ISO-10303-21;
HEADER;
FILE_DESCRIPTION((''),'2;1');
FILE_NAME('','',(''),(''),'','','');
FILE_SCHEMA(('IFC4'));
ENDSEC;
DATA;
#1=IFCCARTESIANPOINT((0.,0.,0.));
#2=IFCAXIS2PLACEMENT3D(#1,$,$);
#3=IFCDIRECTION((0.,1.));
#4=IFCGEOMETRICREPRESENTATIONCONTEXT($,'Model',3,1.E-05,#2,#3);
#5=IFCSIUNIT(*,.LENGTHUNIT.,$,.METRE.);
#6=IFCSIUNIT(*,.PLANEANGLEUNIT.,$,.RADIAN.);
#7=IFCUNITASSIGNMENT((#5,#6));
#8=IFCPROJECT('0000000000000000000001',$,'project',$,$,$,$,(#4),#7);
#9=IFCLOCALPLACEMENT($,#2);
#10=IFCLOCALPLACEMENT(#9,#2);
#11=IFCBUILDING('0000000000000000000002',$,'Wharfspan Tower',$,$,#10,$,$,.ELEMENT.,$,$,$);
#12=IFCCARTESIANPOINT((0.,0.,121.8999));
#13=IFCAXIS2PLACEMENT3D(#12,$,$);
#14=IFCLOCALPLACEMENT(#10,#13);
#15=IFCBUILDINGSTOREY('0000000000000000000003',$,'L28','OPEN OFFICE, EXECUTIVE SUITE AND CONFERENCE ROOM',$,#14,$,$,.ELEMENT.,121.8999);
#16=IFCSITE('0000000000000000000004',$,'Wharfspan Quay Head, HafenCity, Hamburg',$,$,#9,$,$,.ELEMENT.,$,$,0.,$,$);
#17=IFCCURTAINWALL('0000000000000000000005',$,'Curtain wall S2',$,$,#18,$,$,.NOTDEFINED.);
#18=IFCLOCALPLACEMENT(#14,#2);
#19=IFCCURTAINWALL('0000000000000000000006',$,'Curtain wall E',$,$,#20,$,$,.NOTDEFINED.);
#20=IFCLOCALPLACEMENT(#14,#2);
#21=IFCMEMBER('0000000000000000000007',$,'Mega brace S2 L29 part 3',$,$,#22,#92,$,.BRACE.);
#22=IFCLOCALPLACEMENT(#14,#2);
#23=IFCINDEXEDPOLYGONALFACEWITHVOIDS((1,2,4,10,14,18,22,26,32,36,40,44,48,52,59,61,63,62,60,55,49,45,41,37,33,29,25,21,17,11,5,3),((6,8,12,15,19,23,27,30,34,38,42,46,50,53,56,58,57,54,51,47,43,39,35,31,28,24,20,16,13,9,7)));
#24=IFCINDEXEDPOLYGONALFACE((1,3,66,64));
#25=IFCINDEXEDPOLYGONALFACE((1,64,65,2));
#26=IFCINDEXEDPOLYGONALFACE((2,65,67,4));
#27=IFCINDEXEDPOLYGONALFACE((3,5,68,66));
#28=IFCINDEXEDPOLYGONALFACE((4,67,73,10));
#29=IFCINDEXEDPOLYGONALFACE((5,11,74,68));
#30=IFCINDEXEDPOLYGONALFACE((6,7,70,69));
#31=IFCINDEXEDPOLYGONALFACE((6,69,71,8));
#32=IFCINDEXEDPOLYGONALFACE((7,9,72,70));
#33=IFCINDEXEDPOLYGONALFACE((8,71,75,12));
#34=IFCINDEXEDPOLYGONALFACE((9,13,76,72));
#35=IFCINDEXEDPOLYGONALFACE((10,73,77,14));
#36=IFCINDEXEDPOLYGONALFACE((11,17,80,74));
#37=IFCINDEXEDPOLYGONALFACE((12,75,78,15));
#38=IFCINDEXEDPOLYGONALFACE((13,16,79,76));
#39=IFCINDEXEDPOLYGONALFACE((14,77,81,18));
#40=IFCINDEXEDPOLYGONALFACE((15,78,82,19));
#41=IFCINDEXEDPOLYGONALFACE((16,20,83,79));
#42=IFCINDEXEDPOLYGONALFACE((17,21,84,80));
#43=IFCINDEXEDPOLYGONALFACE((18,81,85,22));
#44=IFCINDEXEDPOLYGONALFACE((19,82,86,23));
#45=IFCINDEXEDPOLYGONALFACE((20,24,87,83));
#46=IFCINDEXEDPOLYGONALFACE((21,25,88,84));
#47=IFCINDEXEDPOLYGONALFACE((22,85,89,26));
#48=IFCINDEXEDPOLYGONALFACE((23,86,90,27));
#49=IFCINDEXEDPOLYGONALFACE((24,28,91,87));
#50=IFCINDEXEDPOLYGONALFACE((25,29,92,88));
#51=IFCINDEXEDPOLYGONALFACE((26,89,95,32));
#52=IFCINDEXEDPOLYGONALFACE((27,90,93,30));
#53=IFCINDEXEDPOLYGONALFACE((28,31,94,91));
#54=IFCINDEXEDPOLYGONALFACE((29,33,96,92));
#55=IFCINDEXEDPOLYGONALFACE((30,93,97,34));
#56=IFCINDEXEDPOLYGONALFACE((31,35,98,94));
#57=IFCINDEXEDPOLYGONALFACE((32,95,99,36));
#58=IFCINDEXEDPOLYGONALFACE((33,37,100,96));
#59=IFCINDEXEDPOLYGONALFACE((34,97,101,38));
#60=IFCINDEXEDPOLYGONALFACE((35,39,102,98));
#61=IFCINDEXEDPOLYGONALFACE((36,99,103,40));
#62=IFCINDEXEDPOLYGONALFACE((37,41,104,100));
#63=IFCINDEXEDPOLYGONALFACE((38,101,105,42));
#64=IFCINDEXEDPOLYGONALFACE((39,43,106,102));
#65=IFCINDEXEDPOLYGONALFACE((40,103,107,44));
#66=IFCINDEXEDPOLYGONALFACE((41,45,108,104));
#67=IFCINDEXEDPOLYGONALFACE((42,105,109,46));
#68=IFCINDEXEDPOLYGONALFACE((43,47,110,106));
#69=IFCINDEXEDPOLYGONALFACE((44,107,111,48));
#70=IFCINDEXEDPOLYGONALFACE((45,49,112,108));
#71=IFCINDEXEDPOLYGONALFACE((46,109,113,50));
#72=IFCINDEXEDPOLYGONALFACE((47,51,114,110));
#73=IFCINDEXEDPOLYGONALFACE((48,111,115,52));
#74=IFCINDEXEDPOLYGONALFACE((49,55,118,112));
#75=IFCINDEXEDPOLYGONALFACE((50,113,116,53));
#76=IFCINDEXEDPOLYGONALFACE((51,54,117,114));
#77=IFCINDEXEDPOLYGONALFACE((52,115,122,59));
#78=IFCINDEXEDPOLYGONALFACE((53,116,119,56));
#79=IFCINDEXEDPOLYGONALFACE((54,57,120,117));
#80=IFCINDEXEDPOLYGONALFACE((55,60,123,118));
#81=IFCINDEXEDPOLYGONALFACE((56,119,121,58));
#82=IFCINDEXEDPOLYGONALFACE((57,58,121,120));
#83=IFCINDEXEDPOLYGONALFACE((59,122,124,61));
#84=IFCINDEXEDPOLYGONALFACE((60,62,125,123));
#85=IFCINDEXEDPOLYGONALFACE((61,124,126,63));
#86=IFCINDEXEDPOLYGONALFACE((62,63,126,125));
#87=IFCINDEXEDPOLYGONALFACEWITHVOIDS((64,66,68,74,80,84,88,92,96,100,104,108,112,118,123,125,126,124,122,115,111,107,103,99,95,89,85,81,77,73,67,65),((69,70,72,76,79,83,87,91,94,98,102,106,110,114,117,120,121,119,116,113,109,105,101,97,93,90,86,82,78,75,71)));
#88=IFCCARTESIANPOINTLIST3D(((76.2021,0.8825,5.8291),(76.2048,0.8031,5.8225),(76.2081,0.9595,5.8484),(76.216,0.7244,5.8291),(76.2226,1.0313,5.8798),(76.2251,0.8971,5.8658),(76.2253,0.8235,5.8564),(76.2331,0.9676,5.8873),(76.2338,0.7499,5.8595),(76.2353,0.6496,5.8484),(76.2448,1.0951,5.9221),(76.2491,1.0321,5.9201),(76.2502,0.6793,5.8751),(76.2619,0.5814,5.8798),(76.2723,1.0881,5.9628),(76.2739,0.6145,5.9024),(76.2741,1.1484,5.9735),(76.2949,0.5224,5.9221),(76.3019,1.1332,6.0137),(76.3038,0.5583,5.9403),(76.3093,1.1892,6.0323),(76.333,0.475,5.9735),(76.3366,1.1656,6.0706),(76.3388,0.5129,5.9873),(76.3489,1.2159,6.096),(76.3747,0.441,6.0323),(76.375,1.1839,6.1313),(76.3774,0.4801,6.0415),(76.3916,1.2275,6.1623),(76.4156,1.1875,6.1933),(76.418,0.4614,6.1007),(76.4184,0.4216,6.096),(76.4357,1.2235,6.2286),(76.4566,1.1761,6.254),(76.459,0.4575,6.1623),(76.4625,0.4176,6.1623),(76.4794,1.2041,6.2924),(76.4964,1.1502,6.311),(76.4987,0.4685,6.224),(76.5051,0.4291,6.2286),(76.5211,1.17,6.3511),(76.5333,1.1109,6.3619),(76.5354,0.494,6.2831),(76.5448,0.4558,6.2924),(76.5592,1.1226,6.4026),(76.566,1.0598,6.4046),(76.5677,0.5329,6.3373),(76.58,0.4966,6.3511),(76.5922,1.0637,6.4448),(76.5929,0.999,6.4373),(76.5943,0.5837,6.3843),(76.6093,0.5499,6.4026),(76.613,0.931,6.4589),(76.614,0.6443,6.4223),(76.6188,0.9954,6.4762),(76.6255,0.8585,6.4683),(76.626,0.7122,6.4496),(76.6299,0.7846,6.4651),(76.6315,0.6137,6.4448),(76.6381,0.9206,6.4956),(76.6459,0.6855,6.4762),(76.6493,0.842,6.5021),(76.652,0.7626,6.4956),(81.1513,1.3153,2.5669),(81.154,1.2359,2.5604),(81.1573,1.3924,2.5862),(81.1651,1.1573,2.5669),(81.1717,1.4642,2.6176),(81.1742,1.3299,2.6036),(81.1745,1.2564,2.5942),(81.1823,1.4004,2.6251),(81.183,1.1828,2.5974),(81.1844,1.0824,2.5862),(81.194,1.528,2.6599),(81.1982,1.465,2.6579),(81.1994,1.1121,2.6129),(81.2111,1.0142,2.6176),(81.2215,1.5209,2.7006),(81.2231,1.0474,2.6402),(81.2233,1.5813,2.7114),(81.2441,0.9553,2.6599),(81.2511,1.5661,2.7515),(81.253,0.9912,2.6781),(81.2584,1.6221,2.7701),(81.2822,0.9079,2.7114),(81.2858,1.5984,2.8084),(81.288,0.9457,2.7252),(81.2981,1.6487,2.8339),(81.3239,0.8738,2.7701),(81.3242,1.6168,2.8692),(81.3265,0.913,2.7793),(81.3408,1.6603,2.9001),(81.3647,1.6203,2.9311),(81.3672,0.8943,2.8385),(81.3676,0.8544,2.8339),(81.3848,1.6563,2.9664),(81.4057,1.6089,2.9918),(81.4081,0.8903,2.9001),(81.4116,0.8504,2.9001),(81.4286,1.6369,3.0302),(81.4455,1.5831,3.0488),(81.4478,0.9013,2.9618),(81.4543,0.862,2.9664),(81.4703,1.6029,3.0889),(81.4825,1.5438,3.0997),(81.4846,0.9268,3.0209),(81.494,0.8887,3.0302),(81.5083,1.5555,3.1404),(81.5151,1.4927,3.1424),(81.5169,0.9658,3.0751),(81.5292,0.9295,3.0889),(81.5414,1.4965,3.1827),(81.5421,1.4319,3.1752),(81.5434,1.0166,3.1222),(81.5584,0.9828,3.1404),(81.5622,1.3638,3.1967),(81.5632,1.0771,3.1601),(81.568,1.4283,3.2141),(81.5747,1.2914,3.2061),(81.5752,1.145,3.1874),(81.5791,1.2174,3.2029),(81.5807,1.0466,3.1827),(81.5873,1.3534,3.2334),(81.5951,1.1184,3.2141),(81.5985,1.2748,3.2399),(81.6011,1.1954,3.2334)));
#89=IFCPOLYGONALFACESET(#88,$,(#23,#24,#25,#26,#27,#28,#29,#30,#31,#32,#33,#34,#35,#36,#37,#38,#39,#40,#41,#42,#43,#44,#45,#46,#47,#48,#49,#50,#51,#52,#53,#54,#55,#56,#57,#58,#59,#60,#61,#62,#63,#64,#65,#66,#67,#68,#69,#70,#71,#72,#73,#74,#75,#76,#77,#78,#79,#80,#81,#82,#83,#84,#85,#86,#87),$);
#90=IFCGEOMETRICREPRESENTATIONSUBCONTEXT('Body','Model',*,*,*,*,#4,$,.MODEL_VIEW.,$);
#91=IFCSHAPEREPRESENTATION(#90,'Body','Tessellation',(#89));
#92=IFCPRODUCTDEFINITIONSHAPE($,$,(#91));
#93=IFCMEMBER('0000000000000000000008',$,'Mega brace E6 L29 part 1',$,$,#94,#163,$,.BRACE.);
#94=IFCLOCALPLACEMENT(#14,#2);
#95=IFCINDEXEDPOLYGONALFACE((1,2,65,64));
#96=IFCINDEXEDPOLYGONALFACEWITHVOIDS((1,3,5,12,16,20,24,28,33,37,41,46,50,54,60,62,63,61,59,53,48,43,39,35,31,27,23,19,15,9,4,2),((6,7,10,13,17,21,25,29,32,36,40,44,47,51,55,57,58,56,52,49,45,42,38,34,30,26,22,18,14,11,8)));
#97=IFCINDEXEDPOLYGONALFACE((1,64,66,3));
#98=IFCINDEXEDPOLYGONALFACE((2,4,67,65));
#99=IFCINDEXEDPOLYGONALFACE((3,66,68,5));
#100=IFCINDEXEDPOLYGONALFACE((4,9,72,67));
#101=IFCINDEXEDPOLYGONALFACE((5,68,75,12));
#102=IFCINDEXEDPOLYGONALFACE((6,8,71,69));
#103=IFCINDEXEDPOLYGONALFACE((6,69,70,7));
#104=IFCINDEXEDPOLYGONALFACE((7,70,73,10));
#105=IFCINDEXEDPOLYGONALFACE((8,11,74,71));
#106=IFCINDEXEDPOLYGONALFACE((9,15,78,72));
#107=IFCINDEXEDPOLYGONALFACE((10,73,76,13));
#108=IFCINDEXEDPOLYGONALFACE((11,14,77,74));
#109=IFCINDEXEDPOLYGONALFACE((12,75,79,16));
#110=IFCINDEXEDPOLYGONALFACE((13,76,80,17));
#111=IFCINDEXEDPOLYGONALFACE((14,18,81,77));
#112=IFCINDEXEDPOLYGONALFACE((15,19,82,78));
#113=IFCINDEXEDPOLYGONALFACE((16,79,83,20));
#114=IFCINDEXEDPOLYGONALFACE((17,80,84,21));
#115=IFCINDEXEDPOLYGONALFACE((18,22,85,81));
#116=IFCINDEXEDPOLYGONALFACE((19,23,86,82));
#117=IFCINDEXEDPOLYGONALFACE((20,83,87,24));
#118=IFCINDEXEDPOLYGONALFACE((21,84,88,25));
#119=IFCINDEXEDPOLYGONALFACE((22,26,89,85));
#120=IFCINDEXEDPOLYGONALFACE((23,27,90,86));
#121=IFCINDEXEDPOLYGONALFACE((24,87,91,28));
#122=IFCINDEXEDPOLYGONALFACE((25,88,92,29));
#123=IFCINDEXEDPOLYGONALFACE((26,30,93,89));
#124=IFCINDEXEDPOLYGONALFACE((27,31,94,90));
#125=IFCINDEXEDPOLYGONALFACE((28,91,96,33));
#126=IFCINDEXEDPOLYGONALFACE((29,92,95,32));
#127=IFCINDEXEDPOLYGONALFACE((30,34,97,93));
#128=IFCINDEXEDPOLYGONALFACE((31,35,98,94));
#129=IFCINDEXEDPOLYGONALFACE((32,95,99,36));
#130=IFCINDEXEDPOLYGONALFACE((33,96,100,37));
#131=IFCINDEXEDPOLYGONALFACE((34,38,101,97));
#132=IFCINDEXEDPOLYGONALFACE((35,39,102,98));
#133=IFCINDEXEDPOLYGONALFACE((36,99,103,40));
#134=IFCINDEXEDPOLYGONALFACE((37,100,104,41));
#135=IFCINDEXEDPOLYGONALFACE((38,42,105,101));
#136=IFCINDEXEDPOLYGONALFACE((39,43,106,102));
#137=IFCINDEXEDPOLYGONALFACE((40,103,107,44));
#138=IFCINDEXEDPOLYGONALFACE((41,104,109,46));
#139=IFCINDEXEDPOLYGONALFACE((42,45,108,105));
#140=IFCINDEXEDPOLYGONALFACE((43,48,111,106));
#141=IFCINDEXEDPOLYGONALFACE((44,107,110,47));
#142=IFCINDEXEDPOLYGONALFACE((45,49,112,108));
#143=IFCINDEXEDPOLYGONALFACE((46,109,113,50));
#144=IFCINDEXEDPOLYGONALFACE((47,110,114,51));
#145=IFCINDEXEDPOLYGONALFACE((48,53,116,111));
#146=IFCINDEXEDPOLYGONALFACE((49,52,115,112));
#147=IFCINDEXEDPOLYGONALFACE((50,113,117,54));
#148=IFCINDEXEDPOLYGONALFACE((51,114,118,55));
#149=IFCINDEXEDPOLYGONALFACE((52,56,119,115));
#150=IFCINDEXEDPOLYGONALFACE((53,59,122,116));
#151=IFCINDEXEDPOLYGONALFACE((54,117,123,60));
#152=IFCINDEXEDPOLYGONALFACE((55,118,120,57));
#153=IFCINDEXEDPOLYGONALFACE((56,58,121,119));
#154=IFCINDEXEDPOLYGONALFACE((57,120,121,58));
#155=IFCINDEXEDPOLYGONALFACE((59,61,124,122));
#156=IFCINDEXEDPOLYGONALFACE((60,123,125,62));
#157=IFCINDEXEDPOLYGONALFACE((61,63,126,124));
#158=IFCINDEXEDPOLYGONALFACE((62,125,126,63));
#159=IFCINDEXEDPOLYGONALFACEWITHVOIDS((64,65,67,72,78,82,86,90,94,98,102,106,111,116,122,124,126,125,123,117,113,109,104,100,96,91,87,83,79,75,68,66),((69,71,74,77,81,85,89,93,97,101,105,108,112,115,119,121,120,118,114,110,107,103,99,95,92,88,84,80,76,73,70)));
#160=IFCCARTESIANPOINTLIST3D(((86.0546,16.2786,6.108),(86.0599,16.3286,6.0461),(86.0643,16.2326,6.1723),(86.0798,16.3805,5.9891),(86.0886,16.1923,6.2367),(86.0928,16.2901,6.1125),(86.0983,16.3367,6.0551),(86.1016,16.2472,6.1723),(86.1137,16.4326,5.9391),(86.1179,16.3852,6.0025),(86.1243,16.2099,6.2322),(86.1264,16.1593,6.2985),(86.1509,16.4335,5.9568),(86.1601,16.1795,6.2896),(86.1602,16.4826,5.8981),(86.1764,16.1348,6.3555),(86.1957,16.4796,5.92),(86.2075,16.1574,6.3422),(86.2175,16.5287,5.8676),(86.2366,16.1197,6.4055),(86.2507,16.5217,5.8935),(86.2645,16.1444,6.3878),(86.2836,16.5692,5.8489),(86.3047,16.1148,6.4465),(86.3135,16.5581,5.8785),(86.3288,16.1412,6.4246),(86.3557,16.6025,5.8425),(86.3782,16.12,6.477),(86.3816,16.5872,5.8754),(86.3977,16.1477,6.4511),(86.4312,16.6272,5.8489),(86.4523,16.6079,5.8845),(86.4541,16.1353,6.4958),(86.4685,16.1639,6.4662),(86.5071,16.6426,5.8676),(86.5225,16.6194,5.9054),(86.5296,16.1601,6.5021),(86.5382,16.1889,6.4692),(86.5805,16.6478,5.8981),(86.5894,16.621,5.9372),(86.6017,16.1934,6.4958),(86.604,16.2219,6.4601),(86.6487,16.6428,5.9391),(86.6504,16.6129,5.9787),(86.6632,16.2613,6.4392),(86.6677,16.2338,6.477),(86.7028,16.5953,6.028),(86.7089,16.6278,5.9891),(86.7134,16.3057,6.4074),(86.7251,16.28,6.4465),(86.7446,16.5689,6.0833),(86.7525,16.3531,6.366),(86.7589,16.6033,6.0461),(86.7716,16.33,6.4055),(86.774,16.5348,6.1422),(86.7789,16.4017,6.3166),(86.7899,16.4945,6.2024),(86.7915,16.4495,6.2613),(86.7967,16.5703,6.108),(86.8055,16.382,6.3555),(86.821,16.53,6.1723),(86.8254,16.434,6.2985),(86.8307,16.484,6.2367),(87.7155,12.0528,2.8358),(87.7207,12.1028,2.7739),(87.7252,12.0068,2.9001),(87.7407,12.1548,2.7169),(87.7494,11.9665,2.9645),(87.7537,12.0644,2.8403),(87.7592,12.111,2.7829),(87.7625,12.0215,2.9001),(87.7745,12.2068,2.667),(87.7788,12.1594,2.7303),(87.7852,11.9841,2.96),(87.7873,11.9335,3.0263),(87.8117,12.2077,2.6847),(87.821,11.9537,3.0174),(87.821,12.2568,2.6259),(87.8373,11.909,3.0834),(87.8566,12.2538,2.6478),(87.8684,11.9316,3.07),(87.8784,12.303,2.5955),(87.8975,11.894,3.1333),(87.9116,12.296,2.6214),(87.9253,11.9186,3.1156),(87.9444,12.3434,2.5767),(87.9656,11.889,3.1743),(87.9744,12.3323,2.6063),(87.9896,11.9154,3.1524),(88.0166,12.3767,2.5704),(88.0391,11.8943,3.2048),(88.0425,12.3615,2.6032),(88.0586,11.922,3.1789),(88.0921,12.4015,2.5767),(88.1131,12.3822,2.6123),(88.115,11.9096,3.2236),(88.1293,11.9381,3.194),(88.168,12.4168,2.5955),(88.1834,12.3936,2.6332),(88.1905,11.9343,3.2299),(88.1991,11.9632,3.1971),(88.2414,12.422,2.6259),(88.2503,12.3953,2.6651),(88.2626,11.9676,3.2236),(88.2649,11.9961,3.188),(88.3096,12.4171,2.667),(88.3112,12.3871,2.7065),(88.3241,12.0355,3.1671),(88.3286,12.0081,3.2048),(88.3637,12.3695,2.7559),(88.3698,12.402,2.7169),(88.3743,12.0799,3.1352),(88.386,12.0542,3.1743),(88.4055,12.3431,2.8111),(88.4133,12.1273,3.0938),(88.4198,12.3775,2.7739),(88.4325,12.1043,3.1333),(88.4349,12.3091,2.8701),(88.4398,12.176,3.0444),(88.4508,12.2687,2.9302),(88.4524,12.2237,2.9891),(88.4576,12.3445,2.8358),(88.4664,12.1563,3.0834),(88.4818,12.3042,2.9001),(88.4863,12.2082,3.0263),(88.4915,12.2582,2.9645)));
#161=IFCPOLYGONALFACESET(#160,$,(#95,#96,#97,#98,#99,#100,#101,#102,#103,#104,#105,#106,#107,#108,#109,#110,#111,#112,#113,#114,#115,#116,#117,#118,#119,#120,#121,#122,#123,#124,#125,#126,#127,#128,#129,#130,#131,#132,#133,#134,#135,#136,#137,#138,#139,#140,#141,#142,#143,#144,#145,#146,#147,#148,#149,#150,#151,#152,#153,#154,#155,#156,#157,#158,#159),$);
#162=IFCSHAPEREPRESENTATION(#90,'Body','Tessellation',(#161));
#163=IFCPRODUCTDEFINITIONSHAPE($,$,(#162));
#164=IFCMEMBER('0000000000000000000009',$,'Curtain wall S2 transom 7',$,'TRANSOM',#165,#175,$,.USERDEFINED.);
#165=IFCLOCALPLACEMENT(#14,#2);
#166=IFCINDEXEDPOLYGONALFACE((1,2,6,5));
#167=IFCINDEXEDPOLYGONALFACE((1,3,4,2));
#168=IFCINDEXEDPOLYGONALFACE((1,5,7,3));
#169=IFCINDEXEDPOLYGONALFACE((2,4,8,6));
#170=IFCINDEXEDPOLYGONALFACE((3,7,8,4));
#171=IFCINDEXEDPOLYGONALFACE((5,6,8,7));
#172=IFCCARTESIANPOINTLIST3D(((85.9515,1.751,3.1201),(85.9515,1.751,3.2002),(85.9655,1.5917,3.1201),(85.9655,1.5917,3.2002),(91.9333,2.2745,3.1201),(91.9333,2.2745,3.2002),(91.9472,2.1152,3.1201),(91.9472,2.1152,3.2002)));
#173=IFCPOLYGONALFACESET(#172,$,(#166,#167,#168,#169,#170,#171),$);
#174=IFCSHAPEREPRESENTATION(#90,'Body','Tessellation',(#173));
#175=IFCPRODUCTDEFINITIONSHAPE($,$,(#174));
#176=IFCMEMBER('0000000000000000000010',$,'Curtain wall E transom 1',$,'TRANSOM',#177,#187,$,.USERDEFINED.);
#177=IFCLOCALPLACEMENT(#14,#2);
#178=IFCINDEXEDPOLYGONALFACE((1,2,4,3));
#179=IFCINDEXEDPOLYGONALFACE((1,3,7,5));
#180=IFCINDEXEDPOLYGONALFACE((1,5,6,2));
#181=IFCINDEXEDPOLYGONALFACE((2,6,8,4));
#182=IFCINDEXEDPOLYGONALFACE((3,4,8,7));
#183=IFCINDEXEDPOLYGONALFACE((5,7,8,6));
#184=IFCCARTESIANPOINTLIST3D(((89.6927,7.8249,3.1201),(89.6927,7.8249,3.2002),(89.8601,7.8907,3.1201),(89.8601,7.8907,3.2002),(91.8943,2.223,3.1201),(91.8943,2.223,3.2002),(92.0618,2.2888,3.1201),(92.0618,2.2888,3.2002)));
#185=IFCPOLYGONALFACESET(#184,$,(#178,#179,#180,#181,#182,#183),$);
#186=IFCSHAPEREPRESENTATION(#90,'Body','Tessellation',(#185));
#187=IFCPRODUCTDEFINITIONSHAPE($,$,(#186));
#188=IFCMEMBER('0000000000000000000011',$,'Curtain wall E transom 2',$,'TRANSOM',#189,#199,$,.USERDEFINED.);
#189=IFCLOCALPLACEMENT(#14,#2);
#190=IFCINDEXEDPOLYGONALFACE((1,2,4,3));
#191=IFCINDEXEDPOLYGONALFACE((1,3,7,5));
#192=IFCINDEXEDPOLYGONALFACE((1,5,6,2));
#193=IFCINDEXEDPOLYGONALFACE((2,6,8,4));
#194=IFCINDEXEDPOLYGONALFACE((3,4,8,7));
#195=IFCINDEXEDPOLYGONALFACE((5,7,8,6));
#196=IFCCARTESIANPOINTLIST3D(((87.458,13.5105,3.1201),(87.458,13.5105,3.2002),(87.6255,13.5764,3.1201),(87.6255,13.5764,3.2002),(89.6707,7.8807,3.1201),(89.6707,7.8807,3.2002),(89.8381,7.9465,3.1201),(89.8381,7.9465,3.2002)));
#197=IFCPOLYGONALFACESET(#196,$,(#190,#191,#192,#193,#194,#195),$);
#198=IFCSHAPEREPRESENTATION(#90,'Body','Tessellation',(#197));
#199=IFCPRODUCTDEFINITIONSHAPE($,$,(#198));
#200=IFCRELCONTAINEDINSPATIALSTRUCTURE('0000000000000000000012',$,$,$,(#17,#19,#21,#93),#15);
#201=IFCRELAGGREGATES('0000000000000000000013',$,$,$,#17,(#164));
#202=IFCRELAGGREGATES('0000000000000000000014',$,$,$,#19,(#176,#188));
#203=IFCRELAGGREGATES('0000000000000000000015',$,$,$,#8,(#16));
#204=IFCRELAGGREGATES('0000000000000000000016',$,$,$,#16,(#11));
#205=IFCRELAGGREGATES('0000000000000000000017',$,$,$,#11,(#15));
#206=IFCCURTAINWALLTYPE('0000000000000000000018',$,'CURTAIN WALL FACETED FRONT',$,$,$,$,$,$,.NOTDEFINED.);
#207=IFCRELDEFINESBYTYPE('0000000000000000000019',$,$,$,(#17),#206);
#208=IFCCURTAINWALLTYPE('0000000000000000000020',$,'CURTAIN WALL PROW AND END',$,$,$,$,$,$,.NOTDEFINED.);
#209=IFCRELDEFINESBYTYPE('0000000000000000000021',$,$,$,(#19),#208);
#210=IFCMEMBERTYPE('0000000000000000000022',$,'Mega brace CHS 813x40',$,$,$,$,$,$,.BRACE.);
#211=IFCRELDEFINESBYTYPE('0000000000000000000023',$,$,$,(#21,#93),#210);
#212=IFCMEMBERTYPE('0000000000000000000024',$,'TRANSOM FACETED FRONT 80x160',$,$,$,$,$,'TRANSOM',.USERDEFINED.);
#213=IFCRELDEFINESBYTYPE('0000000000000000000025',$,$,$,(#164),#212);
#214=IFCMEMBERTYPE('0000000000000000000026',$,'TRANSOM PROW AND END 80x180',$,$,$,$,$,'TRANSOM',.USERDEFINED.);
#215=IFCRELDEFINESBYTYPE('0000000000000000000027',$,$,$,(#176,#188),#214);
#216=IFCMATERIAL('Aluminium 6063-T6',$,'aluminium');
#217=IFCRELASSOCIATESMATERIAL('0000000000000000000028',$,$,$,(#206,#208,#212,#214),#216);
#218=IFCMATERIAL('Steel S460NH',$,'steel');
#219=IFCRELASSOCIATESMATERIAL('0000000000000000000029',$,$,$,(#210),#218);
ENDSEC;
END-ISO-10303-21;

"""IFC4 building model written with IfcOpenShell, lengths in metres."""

from ifc_helpers import new_model, si_unit, direction, frame, origin, origin_2d, place, context, subcontext, project, spatial, rectangle, hollow_circle, extrude, material, material_profile, profile_set, type_object, element, aggregate, save


model = new_model("IFC4")

# Units and contexts
model_context = context("Model", 3, precision=1e-05, world=origin(), true_north=direction((0.0, 1.0)))
body_context = subcontext(model_context, "Body", "Model", "MODEL_VIEW")
ifc_project = project(units=[si_unit("LENGTHUNIT", "METRE"), si_unit("PLANEANGLEUNIT", "RADIAN")], contexts=[model_context])

# Site, building, storey
site_placement = place(None, origin())
site = spatial("IfcSite", under=ifc_project, at=site_placement, Name="Wharfspan Quay Head, HafenCity, Hamburg", CompositionType="ELEMENT", RefElevation=0.0)
building_placement = place(site_placement, origin())
building = spatial("IfcBuilding", under=site, at=building_placement, Name="Wharfspan Tower", CompositionType="ELEMENT")
storey_placement = place(building_placement, frame((0.0, 0.0, 121.8999)))
storey = spatial("IfcBuildingStorey", under=building, at=storey_placement, Name="L28", Description="OPEN OFFICE, EXECUTIVE SUITE AND CONFERENCE ROOM", CompositionType="ELEMENT", Elevation=121.8999)

# Curtain walls
ifc_material_1 = material(Name="Aluminium 6063-T6", Category="aluminium")
curtain_wall_type_1 = type_object("IfcCurtainWallType", Name="CURTAIN WALL FACETED FRONT", PredefinedType="NOTDEFINED", material=ifc_material_1)
curtain_wall_1_placement = place(storey_placement, origin())
curtain_wall_1 = element("IfcCurtainWall", 1, at=curtain_wall_1_placement, inside=storey, type_object=curtain_wall_type_1, Name="Curtain wall S2", PredefinedType="NOTDEFINED")
curtain_wall_type_2 = type_object("IfcCurtainWallType", Name="CURTAIN WALL PROW AND END", PredefinedType="NOTDEFINED", material=ifc_material_1)
curtain_wall_2_placement = place(storey_placement, origin())
curtain_wall_2 = element("IfcCurtainWall", 2, at=curtain_wall_2_placement, inside=storey, type_object=curtain_wall_type_2, Name="Curtain wall E", PredefinedType="NOTDEFINED")

# Members
ifc_material_2 = material(Name="Steel S460NH", Category="steel")
ifc_material_profile_1 = material_profile(ifc_material_2, hollow_circle(Radius=0.4065, WallThickness=0.04, at=origin_2d()))
ifc_profile_set_1 = profile_set([ifc_material_profile_1], Name="Steel S460NH")
member_type_1 = type_object("IfcMemberType", Name="Mega brace CHS 813x40", PredefinedType="BRACE", material=ifc_profile_set_1)
member_1_placement = place(storey_placement, frame((81.3762, 1.2554, 2.9001), z_axis=(-0.832724, -0.07283, 0.548878), x_axis=(0.087128, -0.996197, 0.000001)))
element("IfcMember", 3, at=member_1_placement, inside=storey, type_object=member_type_1, Name="Mega brace S2 L29 part 3", PredefinedType="BRACE", context=body_context, shape_type="SweptSolid", body=[
    extrude(hollow_circle(Radius=0.4065, WallThickness=0.04, at=origin_2d()), origin(), (0.0, 0.0, 1.0), 5.9434),
])
member_2_placement = place(storey_placement, frame((88.1035, 12.1555, 2.9001), z_axis=(-0.29676, 0.755051, 0.584664), x_axis=(-0.930695, -0.365797, 0.000004)))
element("IfcMember", 4, at=member_2_placement, inside=storey, type_object=member_type_1, Name="Mega brace E6 L29 part 1", PredefinedType="BRACE", context=body_context, shape_type="SweptSolid", body=[
    extrude(hollow_circle(Radius=0.4065, WallThickness=0.04, at=origin_2d()), origin(), (0.0, 0.0, 1.0), 5.5967),
])

# Members
ifc_material_profile_2 = material_profile(ifc_material_1, rectangle(XDim=0.1599, YDim=0.0801, at=origin_2d()))
ifc_profile_set_2 = profile_set([ifc_material_profile_2], Name="Aluminium 6063-T6")
member_type_2 = type_object("IfcMemberType", Name="TRANSOM FACETED FRONT 80x160", ElementType="TRANSOM", PredefinedType="USERDEFINED", material=ifc_profile_set_2)
member_3_placement = place(storey_placement, frame((85.9585, 1.6714, 3.1602), z_axis=(0.996193, 0.087174, 0.0), x_axis=(-0.087174, 0.996193, 0.0)))
member_3 = element("IfcMember", 5, at=member_3_placement, type_object=member_type_2, Name="Curtain wall S2 transom 7", ObjectType="TRANSOM", PredefinedType="USERDEFINED", context=body_context, shape_type="SweptSolid", body=[
    extrude(rectangle(XDim=0.1599, YDim=0.0801, at=origin_2d()), origin(), (0.0, 0.0, 1.0), 6.0046),
])
ifc_material_profile_3 = material_profile(ifc_material_1, rectangle(XDim=0.1799, YDim=0.0801, at=origin_2d()))
ifc_profile_set_3 = profile_set([ifc_material_profile_3], Name="Aluminium 6063-T6")
member_type_3 = type_object("IfcMemberType", Name="TRANSOM PROW AND END 80x180", ElementType="TRANSOM", PredefinedType="USERDEFINED", material=ifc_profile_set_3)
member_4_placement = place(storey_placement, frame((91.978, 2.2559, 3.1602), z_axis=(-0.365775, 0.930703, 0.0), x_axis=(-0.930703, -0.365775, 0.0)))
member_4 = element("IfcMember", 6, at=member_4_placement, type_object=member_type_3, Name="Curtain wall E transom 1", ObjectType="TRANSOM", PredefinedType="USERDEFINED", context=body_context, shape_type="SweptSolid", body=[
    extrude(rectangle(XDim=0.1799, YDim=0.0801, at=origin_2d()), origin(), (0.0, 0.0, 1.0), 6.019),
])
member_5_placement = place(storey_placement, frame((89.7544, 7.9136, 3.1602), z_axis=(-0.365782, 0.9307, 0.0), x_axis=(-0.9307, -0.365782, 0.0)))
member_5 = element("IfcMember", 7, at=member_5_placement, type_object=member_type_3, Name="Curtain wall E transom 2", ObjectType="TRANSOM", PredefinedType="USERDEFINED", context=body_context, shape_type="SweptSolid", body=[
    extrude(rectangle(XDim=0.1799, YDim=0.0801, at=origin_2d()), origin(), (0.0, 0.0, 1.0), 6.0491),
])

aggregate(curtain_wall_1, [member_3])
aggregate(curtain_wall_2, [member_4, member_5])

save(model, "model.ifc")
